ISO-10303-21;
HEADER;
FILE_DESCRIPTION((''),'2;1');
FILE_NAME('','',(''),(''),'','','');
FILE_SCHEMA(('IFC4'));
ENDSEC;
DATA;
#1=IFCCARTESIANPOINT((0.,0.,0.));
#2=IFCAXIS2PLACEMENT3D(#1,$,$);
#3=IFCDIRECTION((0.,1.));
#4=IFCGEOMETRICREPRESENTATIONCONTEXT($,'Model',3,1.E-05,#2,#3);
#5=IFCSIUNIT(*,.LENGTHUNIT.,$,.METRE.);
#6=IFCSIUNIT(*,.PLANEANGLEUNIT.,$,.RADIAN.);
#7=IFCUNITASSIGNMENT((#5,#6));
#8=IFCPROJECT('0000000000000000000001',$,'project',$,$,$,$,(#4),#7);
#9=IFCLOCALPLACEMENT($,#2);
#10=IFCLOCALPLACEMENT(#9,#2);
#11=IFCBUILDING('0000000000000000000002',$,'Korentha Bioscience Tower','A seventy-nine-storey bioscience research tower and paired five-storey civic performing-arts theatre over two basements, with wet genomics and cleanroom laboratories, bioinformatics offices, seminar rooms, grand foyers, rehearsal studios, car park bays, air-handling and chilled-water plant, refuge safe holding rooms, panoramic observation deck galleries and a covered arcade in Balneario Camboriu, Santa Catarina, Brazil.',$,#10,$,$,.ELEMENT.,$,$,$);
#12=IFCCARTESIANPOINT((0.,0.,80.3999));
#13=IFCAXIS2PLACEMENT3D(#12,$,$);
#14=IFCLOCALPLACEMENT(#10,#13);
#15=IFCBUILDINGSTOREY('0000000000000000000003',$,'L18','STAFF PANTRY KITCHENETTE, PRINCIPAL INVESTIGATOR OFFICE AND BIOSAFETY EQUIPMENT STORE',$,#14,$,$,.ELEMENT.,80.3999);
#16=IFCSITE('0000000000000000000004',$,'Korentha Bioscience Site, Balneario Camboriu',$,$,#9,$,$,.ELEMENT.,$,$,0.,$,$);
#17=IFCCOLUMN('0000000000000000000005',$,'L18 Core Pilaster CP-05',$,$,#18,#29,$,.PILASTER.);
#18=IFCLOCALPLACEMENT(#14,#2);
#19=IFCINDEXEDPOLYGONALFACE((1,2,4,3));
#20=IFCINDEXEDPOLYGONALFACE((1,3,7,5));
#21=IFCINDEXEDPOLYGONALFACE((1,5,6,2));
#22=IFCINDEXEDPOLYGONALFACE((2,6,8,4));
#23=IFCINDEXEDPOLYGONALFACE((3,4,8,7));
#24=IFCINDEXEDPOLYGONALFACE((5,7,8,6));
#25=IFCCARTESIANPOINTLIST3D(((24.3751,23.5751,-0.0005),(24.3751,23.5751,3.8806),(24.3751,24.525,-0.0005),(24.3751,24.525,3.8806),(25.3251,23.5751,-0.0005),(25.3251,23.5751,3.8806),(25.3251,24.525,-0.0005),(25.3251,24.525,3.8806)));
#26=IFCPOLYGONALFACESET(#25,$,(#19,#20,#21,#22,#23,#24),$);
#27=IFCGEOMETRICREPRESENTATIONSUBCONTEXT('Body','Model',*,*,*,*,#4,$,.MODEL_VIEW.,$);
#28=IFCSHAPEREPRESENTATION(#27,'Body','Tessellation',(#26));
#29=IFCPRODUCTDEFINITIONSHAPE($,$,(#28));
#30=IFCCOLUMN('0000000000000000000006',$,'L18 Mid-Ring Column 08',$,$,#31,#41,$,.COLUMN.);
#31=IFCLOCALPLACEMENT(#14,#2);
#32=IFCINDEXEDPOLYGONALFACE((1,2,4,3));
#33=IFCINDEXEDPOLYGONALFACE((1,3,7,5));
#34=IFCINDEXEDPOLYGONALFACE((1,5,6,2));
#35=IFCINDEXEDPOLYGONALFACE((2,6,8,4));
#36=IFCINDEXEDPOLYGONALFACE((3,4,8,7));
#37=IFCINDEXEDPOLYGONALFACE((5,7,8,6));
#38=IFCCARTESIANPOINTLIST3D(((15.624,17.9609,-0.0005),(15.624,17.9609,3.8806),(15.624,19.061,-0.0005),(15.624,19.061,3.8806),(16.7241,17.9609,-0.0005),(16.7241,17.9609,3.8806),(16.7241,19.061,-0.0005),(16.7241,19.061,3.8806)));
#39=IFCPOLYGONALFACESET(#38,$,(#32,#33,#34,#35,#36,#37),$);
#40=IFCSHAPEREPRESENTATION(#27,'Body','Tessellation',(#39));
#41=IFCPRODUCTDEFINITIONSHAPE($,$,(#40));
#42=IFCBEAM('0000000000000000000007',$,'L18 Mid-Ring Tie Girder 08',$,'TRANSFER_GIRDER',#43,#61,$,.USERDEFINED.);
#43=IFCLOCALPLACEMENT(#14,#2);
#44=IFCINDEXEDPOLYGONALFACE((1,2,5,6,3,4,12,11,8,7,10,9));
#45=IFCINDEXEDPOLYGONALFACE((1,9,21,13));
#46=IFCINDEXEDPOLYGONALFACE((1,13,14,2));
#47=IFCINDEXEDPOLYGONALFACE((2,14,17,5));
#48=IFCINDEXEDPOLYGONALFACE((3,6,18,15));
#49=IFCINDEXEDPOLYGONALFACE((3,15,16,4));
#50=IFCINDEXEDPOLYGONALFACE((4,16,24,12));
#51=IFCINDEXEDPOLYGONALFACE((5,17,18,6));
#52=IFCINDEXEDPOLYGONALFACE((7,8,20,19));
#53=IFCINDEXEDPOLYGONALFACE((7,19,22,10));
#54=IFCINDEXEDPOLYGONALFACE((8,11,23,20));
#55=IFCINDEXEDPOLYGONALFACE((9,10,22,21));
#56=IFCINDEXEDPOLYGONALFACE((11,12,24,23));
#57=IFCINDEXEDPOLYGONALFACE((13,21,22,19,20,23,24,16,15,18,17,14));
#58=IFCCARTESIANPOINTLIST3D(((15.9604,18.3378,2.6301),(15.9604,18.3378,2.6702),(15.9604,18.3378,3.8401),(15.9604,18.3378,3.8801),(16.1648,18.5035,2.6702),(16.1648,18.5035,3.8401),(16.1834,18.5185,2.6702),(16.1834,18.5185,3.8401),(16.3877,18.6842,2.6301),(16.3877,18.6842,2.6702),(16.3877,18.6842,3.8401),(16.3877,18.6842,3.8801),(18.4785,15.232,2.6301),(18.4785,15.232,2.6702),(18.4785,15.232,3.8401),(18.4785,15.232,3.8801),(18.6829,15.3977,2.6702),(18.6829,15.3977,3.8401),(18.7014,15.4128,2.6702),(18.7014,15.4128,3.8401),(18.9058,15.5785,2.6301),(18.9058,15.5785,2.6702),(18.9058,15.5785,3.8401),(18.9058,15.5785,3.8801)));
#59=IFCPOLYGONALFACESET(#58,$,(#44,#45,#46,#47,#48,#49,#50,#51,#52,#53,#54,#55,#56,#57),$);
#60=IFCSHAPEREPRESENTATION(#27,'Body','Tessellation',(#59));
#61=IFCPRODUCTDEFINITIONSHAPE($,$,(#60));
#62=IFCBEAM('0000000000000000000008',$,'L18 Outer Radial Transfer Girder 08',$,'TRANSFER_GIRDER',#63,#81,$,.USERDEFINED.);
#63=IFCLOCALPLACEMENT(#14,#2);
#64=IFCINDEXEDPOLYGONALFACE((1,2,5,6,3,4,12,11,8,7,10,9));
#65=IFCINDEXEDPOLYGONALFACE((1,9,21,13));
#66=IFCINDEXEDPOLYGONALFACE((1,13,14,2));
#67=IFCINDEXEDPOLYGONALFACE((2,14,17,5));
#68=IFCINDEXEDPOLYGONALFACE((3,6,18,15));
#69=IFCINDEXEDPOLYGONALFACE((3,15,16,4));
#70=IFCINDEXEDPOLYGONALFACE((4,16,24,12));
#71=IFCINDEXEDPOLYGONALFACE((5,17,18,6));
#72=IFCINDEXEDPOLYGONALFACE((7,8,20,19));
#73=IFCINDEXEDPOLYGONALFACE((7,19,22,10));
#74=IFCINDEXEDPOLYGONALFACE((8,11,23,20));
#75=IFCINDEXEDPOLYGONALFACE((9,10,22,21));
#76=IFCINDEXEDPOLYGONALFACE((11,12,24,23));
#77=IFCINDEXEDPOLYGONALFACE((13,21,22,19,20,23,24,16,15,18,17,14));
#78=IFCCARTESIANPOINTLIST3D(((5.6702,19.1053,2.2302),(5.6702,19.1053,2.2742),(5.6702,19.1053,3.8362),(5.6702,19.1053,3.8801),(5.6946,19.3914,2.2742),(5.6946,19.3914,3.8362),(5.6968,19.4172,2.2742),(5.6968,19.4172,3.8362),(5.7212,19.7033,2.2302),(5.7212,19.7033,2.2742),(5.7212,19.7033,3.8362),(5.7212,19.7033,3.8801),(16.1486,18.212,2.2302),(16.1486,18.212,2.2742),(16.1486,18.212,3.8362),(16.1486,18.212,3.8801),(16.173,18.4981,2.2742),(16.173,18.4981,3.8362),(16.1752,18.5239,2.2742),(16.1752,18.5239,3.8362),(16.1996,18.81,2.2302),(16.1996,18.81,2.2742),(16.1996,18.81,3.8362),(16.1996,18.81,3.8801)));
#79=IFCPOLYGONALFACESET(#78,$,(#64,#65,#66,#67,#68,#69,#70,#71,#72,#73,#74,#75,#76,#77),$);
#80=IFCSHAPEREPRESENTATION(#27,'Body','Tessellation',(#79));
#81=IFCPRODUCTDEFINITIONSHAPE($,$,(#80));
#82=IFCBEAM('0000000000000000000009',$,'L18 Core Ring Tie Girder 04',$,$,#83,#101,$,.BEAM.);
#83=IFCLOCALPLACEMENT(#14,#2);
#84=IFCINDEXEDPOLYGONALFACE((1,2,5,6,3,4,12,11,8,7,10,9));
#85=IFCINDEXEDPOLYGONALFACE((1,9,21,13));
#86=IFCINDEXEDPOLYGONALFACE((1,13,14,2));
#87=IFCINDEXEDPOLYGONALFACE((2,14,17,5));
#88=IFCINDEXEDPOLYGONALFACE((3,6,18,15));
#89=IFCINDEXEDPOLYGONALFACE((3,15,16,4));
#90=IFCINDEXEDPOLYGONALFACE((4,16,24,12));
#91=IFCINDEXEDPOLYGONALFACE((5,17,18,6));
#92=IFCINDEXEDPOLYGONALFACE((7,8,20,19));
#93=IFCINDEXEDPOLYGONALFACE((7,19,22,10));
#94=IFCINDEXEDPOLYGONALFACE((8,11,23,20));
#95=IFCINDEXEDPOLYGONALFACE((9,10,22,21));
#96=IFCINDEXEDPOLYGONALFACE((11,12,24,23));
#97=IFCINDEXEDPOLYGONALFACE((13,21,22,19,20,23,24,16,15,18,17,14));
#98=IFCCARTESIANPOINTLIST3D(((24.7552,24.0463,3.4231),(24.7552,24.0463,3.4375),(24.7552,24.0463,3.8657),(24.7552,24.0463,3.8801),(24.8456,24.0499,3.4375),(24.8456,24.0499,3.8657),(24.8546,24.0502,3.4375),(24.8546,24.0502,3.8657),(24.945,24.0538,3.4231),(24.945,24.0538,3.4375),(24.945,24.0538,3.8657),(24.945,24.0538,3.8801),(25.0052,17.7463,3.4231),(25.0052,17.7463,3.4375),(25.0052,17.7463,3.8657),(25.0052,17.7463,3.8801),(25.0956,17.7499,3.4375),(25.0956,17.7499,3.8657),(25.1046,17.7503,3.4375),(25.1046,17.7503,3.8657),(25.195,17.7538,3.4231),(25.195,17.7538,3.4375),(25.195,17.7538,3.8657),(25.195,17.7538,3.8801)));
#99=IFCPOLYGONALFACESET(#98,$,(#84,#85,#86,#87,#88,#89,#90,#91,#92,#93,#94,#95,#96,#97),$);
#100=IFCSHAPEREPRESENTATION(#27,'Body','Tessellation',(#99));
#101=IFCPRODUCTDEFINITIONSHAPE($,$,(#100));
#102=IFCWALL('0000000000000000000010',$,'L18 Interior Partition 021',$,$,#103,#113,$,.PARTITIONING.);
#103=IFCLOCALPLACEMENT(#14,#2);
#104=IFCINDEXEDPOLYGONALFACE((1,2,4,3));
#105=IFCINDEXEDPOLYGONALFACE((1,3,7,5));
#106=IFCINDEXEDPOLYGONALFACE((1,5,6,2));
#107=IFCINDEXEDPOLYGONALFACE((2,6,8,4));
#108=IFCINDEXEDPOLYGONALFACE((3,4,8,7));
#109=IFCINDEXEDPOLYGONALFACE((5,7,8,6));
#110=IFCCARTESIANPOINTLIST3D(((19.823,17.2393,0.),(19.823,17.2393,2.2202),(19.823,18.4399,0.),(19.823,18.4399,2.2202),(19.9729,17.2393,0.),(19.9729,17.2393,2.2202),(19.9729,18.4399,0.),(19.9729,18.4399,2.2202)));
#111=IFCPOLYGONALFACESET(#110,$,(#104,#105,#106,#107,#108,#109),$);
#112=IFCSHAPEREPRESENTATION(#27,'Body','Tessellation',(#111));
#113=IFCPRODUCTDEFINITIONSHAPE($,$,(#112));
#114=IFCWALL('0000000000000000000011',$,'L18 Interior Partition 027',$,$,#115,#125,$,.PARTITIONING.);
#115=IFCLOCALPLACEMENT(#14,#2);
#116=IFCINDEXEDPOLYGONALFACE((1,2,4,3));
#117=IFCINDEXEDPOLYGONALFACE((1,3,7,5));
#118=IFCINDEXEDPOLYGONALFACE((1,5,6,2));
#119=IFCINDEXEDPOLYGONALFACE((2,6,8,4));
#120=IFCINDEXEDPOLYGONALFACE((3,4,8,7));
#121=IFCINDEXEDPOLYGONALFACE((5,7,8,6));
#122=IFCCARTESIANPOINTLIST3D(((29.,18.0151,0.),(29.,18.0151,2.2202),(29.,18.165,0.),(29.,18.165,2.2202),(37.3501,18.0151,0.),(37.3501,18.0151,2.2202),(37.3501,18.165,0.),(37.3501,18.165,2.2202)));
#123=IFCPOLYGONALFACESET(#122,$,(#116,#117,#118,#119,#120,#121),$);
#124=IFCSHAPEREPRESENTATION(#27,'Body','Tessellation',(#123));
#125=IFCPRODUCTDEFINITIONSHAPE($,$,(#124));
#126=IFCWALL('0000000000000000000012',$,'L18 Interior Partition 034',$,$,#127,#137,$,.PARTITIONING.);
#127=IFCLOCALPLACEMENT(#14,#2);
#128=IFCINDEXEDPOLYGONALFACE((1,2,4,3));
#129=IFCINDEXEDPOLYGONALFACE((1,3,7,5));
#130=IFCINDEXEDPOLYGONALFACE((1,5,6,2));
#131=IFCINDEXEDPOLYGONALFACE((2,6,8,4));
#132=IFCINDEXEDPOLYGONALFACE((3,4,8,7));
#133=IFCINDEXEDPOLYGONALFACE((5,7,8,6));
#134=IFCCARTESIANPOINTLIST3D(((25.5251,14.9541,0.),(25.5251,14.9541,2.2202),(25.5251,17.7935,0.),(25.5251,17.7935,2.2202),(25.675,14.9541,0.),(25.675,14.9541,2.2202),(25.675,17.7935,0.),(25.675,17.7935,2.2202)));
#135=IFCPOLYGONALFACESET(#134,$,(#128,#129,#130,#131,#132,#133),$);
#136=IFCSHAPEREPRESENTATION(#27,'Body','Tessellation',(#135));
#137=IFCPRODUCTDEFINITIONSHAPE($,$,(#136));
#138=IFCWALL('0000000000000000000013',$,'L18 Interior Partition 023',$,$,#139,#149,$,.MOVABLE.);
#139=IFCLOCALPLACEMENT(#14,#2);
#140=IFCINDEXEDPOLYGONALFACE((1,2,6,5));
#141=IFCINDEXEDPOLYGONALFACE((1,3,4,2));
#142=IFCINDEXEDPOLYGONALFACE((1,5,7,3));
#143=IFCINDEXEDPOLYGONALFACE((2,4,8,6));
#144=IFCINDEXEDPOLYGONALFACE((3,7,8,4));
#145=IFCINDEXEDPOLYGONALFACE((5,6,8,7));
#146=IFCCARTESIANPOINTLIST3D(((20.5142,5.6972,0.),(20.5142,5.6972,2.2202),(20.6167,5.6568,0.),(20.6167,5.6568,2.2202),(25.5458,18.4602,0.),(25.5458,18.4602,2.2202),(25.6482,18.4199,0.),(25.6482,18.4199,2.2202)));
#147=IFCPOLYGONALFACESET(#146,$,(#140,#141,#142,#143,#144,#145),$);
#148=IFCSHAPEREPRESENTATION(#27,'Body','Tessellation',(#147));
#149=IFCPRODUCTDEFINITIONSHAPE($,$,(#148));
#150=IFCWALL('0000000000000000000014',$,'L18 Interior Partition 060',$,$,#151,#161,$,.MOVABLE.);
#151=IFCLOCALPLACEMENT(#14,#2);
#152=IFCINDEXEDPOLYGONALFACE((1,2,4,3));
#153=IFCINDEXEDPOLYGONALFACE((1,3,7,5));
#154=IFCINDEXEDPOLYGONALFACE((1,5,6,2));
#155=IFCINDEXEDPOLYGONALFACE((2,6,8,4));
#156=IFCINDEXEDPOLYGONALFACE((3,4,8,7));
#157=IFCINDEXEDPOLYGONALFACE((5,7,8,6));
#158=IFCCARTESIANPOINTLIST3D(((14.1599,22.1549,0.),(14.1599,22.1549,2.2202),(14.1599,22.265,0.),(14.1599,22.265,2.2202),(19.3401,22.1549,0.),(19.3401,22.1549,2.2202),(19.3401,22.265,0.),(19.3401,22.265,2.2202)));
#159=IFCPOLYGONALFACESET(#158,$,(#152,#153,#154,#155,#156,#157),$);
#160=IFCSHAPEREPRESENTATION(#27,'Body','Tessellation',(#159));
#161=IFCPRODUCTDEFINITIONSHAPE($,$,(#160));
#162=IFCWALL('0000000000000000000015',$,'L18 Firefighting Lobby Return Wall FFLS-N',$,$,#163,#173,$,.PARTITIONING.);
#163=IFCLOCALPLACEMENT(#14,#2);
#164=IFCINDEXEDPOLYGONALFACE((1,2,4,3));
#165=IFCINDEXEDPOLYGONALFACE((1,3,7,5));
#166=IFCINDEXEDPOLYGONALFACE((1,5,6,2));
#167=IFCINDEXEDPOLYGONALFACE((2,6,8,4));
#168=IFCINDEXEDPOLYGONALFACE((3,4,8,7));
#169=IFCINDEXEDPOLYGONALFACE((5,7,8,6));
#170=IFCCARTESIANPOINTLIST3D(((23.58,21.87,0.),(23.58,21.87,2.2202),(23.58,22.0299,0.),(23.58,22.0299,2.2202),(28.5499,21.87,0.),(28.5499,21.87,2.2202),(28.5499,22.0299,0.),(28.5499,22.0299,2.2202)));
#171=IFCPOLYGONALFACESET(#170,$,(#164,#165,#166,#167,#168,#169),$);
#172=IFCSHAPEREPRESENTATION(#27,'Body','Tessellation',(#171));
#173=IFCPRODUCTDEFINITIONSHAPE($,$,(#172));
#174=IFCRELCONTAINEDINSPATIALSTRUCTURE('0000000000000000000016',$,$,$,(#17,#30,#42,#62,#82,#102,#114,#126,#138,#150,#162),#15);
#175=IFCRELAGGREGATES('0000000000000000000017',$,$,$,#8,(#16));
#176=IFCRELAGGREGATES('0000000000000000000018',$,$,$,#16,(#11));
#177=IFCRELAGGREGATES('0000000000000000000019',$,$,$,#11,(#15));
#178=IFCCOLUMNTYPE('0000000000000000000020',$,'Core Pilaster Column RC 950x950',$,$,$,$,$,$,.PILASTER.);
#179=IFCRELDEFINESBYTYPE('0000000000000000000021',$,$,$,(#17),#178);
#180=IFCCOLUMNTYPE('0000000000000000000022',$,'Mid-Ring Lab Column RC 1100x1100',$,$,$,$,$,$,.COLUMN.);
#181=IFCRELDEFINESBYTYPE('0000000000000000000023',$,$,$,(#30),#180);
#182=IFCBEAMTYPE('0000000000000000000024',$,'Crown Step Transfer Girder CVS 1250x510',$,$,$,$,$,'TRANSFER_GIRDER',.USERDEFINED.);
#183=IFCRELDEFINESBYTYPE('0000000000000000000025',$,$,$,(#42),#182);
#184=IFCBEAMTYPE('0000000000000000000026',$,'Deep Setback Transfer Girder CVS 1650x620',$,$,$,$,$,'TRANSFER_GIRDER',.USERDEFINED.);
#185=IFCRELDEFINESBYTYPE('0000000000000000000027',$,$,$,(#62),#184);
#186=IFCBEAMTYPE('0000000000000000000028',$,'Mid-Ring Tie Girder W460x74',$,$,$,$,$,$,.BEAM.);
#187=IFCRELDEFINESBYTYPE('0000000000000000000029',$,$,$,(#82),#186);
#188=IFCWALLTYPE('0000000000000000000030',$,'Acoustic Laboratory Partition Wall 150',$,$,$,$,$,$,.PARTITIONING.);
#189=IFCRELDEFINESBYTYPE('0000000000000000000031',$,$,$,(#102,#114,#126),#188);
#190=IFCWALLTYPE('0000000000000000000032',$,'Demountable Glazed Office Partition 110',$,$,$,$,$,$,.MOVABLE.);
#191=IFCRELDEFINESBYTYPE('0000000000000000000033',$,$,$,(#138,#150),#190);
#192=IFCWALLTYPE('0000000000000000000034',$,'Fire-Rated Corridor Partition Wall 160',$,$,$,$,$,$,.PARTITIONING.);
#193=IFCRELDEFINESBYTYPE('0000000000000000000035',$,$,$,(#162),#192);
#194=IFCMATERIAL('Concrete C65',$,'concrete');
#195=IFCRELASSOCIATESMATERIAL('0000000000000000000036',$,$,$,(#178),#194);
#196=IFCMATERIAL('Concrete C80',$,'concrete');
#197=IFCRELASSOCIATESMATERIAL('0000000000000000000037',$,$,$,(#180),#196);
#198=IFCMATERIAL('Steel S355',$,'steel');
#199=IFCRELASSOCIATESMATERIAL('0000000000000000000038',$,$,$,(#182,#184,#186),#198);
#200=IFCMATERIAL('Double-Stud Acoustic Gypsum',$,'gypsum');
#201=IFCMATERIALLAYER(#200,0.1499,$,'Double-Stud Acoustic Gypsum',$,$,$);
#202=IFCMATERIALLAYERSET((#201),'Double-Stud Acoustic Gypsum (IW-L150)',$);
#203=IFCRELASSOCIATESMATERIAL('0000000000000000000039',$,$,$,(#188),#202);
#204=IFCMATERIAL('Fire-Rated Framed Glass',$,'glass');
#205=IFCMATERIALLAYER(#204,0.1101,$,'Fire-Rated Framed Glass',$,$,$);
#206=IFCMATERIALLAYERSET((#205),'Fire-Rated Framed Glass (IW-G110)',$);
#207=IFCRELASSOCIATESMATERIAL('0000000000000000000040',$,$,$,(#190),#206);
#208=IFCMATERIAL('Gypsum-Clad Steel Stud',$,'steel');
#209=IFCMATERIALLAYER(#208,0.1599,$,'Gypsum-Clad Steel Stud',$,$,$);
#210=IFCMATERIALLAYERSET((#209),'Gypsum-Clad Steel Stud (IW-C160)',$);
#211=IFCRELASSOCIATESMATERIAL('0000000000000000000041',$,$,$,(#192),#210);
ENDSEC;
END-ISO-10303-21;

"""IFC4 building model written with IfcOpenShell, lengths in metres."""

from ifc_helpers import new_model, si_unit, direction, frame, frame_2d, origin, origin_2d, place, context, subcontext, project, spatial, rectangle, i_section, extrude, material, layer, layer_set, material_profile, profile_set, type_object, element, save


model = new_model("IFC4")

# Units and contexts
model_context = context("Model", 3, precision=1e-05, world=origin(), true_north=direction((0.0, 1.0)))
body_context = subcontext(model_context, "Body", "Model", "MODEL_VIEW")
ifc_project = project(units=[si_unit("LENGTHUNIT", "METRE"), si_unit("PLANEANGLEUNIT", "RADIAN")], contexts=[model_context])

# Site, building, storey
site_placement = place(None, origin())
site = spatial("IfcSite", under=ifc_project, at=site_placement, Name="Korentha Bioscience Site, Balneario Camboriu", CompositionType="ELEMENT", RefElevation=0.0)
building_placement = place(site_placement, origin())
building = spatial("IfcBuilding", under=site, at=building_placement, Name="Korentha Bioscience Tower", Description="A seventy-nine-storey bioscience research tower and paired five-storey civic performing-arts theatre over two basements, with wet genomics and cleanroom laboratories, bioinformatics offices, seminar rooms, grand foyers, rehearsal studios, car park bays, air-handling and chilled-water plant, refuge safe holding rooms, panoramic observation deck galleries and a covered arcade in Balneario Camboriu, Santa Catarina, Brazil.", CompositionType="ELEMENT")
storey_placement = place(building_placement, frame((0.0, 0.0, 80.3999)))
storey = spatial("IfcBuildingStorey", under=building, at=storey_placement, Name="L18", Description="STAFF PANTRY KITCHENETTE, PRINCIPAL INVESTIGATOR OFFICE AND BIOSAFETY EQUIPMENT STORE", CompositionType="ELEMENT", Elevation=80.3999)

# Columns
ifc_material_1 = material(Name="Concrete C65", Category="concrete")
ifc_material_profile_1 = material_profile(ifc_material_1, rectangle(XDim=0.95, YDim=0.95, at=origin_2d()), Name="Concrete C65")
ifc_profile_set_1 = profile_set([ifc_material_profile_1], Name="Concrete C65 (COL-CP09)")
column_type_1 = type_object("IfcColumnType", Name="Core Pilaster Column RC 950x950", PredefinedType="PILASTER", material=ifc_profile_set_1)
column_1_placement = place(storey_placement, frame((24.8501, 24.05, -0.0005), z_axis=(0.0, 0.0, 1.0), x_axis=(1.0, 0.0, 0.0)))
element("IfcColumn", 1, at=column_1_placement, inside=storey, type_object=column_type_1, Name="L18 Core Pilaster CP-05", PredefinedType="PILASTER", context=body_context, shape_type="SweptSolid", body=[
    extrude(rectangle(XDim=0.95, YDim=0.95, at=origin_2d()), origin(), (0.0, 0.0, 1.0), 3.8811),
])
ifc_material_2 = material(Name="Concrete C80", Category="concrete")
ifc_material_profile_2 = material_profile(ifc_material_2, rectangle(XDim=1.1001, YDim=1.1001, at=origin_2d()), Name="Concrete C80")
ifc_profile_set_2 = profile_set([ifc_material_profile_2], Name="Concrete C80 (COL-MR11)")
column_type_2 = type_object("IfcColumnType", Name="Mid-Ring Lab Column RC 1100x1100", PredefinedType="COLUMN", material=ifc_profile_set_2)
column_2_placement = place(storey_placement, frame((16.1741, 18.511, -0.0005), z_axis=(0.0, 0.0, 1.0), x_axis=(1.0, 0.0, 0.0)))
element("IfcColumn", 2, at=column_2_placement, inside=storey, type_object=column_type_2, Name="L18 Mid-Ring Column 08", PredefinedType="COLUMN", context=body_context, shape_type="SweptSolid", body=[
    extrude(rectangle(XDim=1.1001, YDim=1.1001, at=origin_2d()), origin(), (0.0, 0.0, 1.0), 3.8811),
])

# Beams
ifc_material_3 = material(Name="Steel S355", Category="steel")
ifc_material_profile_3 = material_profile(ifc_material_3, i_section(OverallWidth=0.55, OverallDepth=1.25, WebThickness=0.0239, FlangeThickness=0.04, at=origin_2d()), Name="Steel S355")
ifc_profile_set_3 = profile_set([ifc_material_profile_3], Name="Steel S355 (TG-03)")
beam_type_1 = type_object("IfcBeamType", Name="Crown Step Transfer Girder CVS 1250x510", ElementType="TRANSFER_GIRDER", PredefinedType="USERDEFINED", material=ifc_profile_set_3)
beam_1_placement = place(storey_placement, frame((16.1741, 18.511, 3.2551), z_axis=(0.62979, -0.776765, 0.0), x_axis=(0.776765, 0.62979, 0.0)))
element("IfcBeam", 3, at=beam_1_placement, inside=storey, type_object=beam_type_1, Name="L18 Mid-Ring Tie Girder 08", ObjectType="TRANSFER_GIRDER", PredefinedType="USERDEFINED", context=body_context, shape_type="SweptSolid", body=[
    extrude(i_section(OverallWidth=0.55, OverallDepth=1.25, WebThickness=0.0239, FlangeThickness=0.04, at=origin_2d()), origin(), (0.0, 0.0, 1.0), 3.9983),
])
ifc_material_profile_4 = material_profile(ifc_material_3, i_section(OverallWidth=0.6001, OverallDepth=1.6499, WebThickness=0.0259, FlangeThickness=0.0439, at=origin_2d()), Name="Steel S355")
ifc_profile_set_4 = profile_set([ifc_material_profile_4], Name="Steel S355 (TG-04)")
beam_type_2 = type_object("IfcBeamType", Name="Deep Setback Transfer Girder CVS 1650x620", ElementType="TRANSFER_GIRDER", PredefinedType="USERDEFINED", material=ifc_profile_set_4)
beam_2_placement = place(storey_placement, frame((16.1741, 18.511, 3.0552), z_axis=(-0.996386, 0.084945, 0.0), x_axis=(-0.084945, -0.996386, 0.0)))
element("IfcBeam", 4, at=beam_2_placement, inside=storey, type_object=beam_type_2, Name="L18 Outer Radial Transfer Girder 08", ObjectType="TRANSFER_GIRDER", PredefinedType="USERDEFINED", context=body_context, shape_type="SweptSolid", body=[
    extrude(i_section(OverallWidth=0.6001, OverallDepth=1.6499, WebThickness=0.0259, FlangeThickness=0.0439, at=origin_2d()), origin(), (0.0, 0.0, 1.0), 10.5164),
])
ifc_material_profile_5 = material_profile(ifc_material_3, i_section(OverallWidth=0.1899, OverallDepth=0.457, WebThickness=0.009, FlangeThickness=0.0144, at=origin_2d()), Name="Steel S355")
ifc_profile_set_5 = profile_set([ifc_material_profile_5], Name="Steel S355 (MB-460)")
beam_type_3 = type_object("IfcBeamType", Name="Mid-Ring Tie Girder W460x74", PredefinedType="BEAM", material=ifc_profile_set_5)
beam_3_placement = place(storey_placement, frame((24.8501, 24.05, 3.6516), z_axis=(0.039651, -0.999214, 0.0), x_axis=(0.999214, 0.039651, 0.0)))
element("IfcBeam", 5, at=beam_3_placement, inside=storey, type_object=beam_type_3, Name="L18 Core Ring Tie Girder 04", PredefinedType="BEAM", context=body_context, shape_type="SweptSolid", body=[
    extrude(i_section(OverallWidth=0.1899, OverallDepth=0.457, WebThickness=0.009, FlangeThickness=0.0144, at=origin_2d()), origin(), (0.0, 0.0, 1.0), 6.3049),
])

# Walls
ifc_material_4 = material(Name="Double-Stud Acoustic Gypsum", Category="gypsum")
ifc_layer_1 = layer(ifc_material_4, 0.1499, Name="Double-Stud Acoustic Gypsum")
ifc_layer_set_1 = layer_set([ifc_layer_1], Name="Double-Stud Acoustic Gypsum (IW-L150)")
wall_type_1 = type_object("IfcWallType", Name="Acoustic Laboratory Partition Wall 150", PredefinedType="PARTITIONING", material=ifc_layer_set_1)
wall_1_placement = place(storey_placement, frame((19.8979, 18.4399, 0.0), z_axis=(0.0, 0.0, 1.0), x_axis=(0.0, -1.0, 0.0)))
element("IfcWall", 6, at=wall_1_placement, inside=storey, type_object=wall_type_1, Name="L18 Interior Partition 021", PredefinedType="PARTITIONING", context=body_context, shape_type="SweptSolid", body=[
    extrude(rectangle(XDim=1.2007, YDim=0.1499, at=frame_2d((0.6003, 0.0))), origin(), (0.0, 0.0, 1.0), 2.2202),
])
wall_2_placement = place(storey_placement, frame((29.0, 18.0901, 0.0), z_axis=(0.0, 0.0, 1.0), x_axis=(1.0, 0.0, 0.0)))
element("IfcWall", 7, at=wall_2_placement, inside=storey, type_object=wall_type_1, Name="L18 Interior Partition 027", PredefinedType="PARTITIONING", context=body_context, shape_type="SweptSolid", body=[
    extrude(rectangle(XDim=8.3501, YDim=0.1499, at=frame_2d((4.175, 0.0))), origin(), (0.0, 0.0, 1.0), 2.2202),
])
wall_3_placement = place(storey_placement, frame((25.6001, 17.7935, 0.0), z_axis=(0.0, 0.0, 1.0), x_axis=(0.0, -1.0, 0.0)))
element("IfcWall", 8, at=wall_3_placement, inside=storey, type_object=wall_type_1, Name="L18 Interior Partition 034", PredefinedType="PARTITIONING", context=body_context, shape_type="SweptSolid", body=[
    extrude(rectangle(XDim=2.8394, YDim=0.1499, at=frame_2d((1.4197, 0.0))), origin(), (0.0, 0.0, 1.0), 2.2202),
])

# Shared definitions
ifc_material_5 = material(Name="Fire-Rated Framed Glass", Category="glass")
ifc_layer_2 = layer(ifc_material_5, 0.1101, Name="Fire-Rated Framed Glass")
ifc_layer_set_2 = layer_set([ifc_layer_2], Name="Fire-Rated Framed Glass (IW-G110)")
wall_type_2 = type_object("IfcWallType", Name="Demountable Glazed Office Partition 110", PredefinedType="MOVABLE", material=ifc_layer_set_2)

# Walls
wall_4_placement = place(storey_placement, frame((25.5969, 18.4399, 0.0), z_axis=(0.0, 0.0, 1.0), x_axis=(-0.366756, -0.930317, 0.0)))
element("IfcWall", 9, at=wall_4_placement, inside=storey, type_object=wall_type_2, Name="L18 Interior Partition 023", PredefinedType="MOVABLE", context=body_context, shape_type="SweptSolid", body=[
    extrude(rectangle(XDim=13.719, YDim=0.1101, at=frame_2d((6.8594, 0.0))), origin(), (0.0, 0.0, 1.0), 2.2202),
])
wall_5_placement = place(storey_placement, frame((19.3401, 22.21, 0.0), z_axis=(0.0, 0.0, 1.0), x_axis=(-1.0, 0.0, 0.0)))
element("IfcWall", 10, at=wall_5_placement, inside=storey, type_object=wall_type_2, Name="L18 Interior Partition 060", PredefinedType="MOVABLE", context=body_context, shape_type="SweptSolid", body=[
    extrude(rectangle(XDim=5.1802, YDim=0.1101, at=frame_2d((2.5901, 0.0))), origin(), (0.0, 0.0, 1.0), 2.2202),
])

# Shared definitions
ifc_material_6 = material(Name="Gypsum-Clad Steel Stud", Category="steel")
ifc_layer_3 = layer(ifc_material_6, 0.1599, Name="Gypsum-Clad Steel Stud")
ifc_layer_set_3 = layer_set([ifc_layer_3], Name="Gypsum-Clad Steel Stud (IW-C160)")
wall_type_3 = type_object("IfcWallType", Name="Fire-Rated Corridor Partition Wall 160", PredefinedType="PARTITIONING", material=ifc_layer_set_3)

# Wall
wall_6_placement = place(storey_placement, frame((23.5801, 21.95, 0.0), z_axis=(0.0, 0.0, 1.0), x_axis=(1.0, 0.0, 0.0)))
element("IfcWall", 11, at=wall_6_placement, inside=storey, type_object=wall_type_3, Name="L18 Firefighting Lobby Return Wall FFLS-N", PredefinedType="PARTITIONING", context=body_context, shape_type="SweptSolid", body=[
    extrude(rectangle(XDim=4.97, YDim=0.1599, at=frame_2d((2.4849, 0.0))), origin(), (0.0, 0.0, 1.0), 2.2202),
])

save(model, "model.ifc")
